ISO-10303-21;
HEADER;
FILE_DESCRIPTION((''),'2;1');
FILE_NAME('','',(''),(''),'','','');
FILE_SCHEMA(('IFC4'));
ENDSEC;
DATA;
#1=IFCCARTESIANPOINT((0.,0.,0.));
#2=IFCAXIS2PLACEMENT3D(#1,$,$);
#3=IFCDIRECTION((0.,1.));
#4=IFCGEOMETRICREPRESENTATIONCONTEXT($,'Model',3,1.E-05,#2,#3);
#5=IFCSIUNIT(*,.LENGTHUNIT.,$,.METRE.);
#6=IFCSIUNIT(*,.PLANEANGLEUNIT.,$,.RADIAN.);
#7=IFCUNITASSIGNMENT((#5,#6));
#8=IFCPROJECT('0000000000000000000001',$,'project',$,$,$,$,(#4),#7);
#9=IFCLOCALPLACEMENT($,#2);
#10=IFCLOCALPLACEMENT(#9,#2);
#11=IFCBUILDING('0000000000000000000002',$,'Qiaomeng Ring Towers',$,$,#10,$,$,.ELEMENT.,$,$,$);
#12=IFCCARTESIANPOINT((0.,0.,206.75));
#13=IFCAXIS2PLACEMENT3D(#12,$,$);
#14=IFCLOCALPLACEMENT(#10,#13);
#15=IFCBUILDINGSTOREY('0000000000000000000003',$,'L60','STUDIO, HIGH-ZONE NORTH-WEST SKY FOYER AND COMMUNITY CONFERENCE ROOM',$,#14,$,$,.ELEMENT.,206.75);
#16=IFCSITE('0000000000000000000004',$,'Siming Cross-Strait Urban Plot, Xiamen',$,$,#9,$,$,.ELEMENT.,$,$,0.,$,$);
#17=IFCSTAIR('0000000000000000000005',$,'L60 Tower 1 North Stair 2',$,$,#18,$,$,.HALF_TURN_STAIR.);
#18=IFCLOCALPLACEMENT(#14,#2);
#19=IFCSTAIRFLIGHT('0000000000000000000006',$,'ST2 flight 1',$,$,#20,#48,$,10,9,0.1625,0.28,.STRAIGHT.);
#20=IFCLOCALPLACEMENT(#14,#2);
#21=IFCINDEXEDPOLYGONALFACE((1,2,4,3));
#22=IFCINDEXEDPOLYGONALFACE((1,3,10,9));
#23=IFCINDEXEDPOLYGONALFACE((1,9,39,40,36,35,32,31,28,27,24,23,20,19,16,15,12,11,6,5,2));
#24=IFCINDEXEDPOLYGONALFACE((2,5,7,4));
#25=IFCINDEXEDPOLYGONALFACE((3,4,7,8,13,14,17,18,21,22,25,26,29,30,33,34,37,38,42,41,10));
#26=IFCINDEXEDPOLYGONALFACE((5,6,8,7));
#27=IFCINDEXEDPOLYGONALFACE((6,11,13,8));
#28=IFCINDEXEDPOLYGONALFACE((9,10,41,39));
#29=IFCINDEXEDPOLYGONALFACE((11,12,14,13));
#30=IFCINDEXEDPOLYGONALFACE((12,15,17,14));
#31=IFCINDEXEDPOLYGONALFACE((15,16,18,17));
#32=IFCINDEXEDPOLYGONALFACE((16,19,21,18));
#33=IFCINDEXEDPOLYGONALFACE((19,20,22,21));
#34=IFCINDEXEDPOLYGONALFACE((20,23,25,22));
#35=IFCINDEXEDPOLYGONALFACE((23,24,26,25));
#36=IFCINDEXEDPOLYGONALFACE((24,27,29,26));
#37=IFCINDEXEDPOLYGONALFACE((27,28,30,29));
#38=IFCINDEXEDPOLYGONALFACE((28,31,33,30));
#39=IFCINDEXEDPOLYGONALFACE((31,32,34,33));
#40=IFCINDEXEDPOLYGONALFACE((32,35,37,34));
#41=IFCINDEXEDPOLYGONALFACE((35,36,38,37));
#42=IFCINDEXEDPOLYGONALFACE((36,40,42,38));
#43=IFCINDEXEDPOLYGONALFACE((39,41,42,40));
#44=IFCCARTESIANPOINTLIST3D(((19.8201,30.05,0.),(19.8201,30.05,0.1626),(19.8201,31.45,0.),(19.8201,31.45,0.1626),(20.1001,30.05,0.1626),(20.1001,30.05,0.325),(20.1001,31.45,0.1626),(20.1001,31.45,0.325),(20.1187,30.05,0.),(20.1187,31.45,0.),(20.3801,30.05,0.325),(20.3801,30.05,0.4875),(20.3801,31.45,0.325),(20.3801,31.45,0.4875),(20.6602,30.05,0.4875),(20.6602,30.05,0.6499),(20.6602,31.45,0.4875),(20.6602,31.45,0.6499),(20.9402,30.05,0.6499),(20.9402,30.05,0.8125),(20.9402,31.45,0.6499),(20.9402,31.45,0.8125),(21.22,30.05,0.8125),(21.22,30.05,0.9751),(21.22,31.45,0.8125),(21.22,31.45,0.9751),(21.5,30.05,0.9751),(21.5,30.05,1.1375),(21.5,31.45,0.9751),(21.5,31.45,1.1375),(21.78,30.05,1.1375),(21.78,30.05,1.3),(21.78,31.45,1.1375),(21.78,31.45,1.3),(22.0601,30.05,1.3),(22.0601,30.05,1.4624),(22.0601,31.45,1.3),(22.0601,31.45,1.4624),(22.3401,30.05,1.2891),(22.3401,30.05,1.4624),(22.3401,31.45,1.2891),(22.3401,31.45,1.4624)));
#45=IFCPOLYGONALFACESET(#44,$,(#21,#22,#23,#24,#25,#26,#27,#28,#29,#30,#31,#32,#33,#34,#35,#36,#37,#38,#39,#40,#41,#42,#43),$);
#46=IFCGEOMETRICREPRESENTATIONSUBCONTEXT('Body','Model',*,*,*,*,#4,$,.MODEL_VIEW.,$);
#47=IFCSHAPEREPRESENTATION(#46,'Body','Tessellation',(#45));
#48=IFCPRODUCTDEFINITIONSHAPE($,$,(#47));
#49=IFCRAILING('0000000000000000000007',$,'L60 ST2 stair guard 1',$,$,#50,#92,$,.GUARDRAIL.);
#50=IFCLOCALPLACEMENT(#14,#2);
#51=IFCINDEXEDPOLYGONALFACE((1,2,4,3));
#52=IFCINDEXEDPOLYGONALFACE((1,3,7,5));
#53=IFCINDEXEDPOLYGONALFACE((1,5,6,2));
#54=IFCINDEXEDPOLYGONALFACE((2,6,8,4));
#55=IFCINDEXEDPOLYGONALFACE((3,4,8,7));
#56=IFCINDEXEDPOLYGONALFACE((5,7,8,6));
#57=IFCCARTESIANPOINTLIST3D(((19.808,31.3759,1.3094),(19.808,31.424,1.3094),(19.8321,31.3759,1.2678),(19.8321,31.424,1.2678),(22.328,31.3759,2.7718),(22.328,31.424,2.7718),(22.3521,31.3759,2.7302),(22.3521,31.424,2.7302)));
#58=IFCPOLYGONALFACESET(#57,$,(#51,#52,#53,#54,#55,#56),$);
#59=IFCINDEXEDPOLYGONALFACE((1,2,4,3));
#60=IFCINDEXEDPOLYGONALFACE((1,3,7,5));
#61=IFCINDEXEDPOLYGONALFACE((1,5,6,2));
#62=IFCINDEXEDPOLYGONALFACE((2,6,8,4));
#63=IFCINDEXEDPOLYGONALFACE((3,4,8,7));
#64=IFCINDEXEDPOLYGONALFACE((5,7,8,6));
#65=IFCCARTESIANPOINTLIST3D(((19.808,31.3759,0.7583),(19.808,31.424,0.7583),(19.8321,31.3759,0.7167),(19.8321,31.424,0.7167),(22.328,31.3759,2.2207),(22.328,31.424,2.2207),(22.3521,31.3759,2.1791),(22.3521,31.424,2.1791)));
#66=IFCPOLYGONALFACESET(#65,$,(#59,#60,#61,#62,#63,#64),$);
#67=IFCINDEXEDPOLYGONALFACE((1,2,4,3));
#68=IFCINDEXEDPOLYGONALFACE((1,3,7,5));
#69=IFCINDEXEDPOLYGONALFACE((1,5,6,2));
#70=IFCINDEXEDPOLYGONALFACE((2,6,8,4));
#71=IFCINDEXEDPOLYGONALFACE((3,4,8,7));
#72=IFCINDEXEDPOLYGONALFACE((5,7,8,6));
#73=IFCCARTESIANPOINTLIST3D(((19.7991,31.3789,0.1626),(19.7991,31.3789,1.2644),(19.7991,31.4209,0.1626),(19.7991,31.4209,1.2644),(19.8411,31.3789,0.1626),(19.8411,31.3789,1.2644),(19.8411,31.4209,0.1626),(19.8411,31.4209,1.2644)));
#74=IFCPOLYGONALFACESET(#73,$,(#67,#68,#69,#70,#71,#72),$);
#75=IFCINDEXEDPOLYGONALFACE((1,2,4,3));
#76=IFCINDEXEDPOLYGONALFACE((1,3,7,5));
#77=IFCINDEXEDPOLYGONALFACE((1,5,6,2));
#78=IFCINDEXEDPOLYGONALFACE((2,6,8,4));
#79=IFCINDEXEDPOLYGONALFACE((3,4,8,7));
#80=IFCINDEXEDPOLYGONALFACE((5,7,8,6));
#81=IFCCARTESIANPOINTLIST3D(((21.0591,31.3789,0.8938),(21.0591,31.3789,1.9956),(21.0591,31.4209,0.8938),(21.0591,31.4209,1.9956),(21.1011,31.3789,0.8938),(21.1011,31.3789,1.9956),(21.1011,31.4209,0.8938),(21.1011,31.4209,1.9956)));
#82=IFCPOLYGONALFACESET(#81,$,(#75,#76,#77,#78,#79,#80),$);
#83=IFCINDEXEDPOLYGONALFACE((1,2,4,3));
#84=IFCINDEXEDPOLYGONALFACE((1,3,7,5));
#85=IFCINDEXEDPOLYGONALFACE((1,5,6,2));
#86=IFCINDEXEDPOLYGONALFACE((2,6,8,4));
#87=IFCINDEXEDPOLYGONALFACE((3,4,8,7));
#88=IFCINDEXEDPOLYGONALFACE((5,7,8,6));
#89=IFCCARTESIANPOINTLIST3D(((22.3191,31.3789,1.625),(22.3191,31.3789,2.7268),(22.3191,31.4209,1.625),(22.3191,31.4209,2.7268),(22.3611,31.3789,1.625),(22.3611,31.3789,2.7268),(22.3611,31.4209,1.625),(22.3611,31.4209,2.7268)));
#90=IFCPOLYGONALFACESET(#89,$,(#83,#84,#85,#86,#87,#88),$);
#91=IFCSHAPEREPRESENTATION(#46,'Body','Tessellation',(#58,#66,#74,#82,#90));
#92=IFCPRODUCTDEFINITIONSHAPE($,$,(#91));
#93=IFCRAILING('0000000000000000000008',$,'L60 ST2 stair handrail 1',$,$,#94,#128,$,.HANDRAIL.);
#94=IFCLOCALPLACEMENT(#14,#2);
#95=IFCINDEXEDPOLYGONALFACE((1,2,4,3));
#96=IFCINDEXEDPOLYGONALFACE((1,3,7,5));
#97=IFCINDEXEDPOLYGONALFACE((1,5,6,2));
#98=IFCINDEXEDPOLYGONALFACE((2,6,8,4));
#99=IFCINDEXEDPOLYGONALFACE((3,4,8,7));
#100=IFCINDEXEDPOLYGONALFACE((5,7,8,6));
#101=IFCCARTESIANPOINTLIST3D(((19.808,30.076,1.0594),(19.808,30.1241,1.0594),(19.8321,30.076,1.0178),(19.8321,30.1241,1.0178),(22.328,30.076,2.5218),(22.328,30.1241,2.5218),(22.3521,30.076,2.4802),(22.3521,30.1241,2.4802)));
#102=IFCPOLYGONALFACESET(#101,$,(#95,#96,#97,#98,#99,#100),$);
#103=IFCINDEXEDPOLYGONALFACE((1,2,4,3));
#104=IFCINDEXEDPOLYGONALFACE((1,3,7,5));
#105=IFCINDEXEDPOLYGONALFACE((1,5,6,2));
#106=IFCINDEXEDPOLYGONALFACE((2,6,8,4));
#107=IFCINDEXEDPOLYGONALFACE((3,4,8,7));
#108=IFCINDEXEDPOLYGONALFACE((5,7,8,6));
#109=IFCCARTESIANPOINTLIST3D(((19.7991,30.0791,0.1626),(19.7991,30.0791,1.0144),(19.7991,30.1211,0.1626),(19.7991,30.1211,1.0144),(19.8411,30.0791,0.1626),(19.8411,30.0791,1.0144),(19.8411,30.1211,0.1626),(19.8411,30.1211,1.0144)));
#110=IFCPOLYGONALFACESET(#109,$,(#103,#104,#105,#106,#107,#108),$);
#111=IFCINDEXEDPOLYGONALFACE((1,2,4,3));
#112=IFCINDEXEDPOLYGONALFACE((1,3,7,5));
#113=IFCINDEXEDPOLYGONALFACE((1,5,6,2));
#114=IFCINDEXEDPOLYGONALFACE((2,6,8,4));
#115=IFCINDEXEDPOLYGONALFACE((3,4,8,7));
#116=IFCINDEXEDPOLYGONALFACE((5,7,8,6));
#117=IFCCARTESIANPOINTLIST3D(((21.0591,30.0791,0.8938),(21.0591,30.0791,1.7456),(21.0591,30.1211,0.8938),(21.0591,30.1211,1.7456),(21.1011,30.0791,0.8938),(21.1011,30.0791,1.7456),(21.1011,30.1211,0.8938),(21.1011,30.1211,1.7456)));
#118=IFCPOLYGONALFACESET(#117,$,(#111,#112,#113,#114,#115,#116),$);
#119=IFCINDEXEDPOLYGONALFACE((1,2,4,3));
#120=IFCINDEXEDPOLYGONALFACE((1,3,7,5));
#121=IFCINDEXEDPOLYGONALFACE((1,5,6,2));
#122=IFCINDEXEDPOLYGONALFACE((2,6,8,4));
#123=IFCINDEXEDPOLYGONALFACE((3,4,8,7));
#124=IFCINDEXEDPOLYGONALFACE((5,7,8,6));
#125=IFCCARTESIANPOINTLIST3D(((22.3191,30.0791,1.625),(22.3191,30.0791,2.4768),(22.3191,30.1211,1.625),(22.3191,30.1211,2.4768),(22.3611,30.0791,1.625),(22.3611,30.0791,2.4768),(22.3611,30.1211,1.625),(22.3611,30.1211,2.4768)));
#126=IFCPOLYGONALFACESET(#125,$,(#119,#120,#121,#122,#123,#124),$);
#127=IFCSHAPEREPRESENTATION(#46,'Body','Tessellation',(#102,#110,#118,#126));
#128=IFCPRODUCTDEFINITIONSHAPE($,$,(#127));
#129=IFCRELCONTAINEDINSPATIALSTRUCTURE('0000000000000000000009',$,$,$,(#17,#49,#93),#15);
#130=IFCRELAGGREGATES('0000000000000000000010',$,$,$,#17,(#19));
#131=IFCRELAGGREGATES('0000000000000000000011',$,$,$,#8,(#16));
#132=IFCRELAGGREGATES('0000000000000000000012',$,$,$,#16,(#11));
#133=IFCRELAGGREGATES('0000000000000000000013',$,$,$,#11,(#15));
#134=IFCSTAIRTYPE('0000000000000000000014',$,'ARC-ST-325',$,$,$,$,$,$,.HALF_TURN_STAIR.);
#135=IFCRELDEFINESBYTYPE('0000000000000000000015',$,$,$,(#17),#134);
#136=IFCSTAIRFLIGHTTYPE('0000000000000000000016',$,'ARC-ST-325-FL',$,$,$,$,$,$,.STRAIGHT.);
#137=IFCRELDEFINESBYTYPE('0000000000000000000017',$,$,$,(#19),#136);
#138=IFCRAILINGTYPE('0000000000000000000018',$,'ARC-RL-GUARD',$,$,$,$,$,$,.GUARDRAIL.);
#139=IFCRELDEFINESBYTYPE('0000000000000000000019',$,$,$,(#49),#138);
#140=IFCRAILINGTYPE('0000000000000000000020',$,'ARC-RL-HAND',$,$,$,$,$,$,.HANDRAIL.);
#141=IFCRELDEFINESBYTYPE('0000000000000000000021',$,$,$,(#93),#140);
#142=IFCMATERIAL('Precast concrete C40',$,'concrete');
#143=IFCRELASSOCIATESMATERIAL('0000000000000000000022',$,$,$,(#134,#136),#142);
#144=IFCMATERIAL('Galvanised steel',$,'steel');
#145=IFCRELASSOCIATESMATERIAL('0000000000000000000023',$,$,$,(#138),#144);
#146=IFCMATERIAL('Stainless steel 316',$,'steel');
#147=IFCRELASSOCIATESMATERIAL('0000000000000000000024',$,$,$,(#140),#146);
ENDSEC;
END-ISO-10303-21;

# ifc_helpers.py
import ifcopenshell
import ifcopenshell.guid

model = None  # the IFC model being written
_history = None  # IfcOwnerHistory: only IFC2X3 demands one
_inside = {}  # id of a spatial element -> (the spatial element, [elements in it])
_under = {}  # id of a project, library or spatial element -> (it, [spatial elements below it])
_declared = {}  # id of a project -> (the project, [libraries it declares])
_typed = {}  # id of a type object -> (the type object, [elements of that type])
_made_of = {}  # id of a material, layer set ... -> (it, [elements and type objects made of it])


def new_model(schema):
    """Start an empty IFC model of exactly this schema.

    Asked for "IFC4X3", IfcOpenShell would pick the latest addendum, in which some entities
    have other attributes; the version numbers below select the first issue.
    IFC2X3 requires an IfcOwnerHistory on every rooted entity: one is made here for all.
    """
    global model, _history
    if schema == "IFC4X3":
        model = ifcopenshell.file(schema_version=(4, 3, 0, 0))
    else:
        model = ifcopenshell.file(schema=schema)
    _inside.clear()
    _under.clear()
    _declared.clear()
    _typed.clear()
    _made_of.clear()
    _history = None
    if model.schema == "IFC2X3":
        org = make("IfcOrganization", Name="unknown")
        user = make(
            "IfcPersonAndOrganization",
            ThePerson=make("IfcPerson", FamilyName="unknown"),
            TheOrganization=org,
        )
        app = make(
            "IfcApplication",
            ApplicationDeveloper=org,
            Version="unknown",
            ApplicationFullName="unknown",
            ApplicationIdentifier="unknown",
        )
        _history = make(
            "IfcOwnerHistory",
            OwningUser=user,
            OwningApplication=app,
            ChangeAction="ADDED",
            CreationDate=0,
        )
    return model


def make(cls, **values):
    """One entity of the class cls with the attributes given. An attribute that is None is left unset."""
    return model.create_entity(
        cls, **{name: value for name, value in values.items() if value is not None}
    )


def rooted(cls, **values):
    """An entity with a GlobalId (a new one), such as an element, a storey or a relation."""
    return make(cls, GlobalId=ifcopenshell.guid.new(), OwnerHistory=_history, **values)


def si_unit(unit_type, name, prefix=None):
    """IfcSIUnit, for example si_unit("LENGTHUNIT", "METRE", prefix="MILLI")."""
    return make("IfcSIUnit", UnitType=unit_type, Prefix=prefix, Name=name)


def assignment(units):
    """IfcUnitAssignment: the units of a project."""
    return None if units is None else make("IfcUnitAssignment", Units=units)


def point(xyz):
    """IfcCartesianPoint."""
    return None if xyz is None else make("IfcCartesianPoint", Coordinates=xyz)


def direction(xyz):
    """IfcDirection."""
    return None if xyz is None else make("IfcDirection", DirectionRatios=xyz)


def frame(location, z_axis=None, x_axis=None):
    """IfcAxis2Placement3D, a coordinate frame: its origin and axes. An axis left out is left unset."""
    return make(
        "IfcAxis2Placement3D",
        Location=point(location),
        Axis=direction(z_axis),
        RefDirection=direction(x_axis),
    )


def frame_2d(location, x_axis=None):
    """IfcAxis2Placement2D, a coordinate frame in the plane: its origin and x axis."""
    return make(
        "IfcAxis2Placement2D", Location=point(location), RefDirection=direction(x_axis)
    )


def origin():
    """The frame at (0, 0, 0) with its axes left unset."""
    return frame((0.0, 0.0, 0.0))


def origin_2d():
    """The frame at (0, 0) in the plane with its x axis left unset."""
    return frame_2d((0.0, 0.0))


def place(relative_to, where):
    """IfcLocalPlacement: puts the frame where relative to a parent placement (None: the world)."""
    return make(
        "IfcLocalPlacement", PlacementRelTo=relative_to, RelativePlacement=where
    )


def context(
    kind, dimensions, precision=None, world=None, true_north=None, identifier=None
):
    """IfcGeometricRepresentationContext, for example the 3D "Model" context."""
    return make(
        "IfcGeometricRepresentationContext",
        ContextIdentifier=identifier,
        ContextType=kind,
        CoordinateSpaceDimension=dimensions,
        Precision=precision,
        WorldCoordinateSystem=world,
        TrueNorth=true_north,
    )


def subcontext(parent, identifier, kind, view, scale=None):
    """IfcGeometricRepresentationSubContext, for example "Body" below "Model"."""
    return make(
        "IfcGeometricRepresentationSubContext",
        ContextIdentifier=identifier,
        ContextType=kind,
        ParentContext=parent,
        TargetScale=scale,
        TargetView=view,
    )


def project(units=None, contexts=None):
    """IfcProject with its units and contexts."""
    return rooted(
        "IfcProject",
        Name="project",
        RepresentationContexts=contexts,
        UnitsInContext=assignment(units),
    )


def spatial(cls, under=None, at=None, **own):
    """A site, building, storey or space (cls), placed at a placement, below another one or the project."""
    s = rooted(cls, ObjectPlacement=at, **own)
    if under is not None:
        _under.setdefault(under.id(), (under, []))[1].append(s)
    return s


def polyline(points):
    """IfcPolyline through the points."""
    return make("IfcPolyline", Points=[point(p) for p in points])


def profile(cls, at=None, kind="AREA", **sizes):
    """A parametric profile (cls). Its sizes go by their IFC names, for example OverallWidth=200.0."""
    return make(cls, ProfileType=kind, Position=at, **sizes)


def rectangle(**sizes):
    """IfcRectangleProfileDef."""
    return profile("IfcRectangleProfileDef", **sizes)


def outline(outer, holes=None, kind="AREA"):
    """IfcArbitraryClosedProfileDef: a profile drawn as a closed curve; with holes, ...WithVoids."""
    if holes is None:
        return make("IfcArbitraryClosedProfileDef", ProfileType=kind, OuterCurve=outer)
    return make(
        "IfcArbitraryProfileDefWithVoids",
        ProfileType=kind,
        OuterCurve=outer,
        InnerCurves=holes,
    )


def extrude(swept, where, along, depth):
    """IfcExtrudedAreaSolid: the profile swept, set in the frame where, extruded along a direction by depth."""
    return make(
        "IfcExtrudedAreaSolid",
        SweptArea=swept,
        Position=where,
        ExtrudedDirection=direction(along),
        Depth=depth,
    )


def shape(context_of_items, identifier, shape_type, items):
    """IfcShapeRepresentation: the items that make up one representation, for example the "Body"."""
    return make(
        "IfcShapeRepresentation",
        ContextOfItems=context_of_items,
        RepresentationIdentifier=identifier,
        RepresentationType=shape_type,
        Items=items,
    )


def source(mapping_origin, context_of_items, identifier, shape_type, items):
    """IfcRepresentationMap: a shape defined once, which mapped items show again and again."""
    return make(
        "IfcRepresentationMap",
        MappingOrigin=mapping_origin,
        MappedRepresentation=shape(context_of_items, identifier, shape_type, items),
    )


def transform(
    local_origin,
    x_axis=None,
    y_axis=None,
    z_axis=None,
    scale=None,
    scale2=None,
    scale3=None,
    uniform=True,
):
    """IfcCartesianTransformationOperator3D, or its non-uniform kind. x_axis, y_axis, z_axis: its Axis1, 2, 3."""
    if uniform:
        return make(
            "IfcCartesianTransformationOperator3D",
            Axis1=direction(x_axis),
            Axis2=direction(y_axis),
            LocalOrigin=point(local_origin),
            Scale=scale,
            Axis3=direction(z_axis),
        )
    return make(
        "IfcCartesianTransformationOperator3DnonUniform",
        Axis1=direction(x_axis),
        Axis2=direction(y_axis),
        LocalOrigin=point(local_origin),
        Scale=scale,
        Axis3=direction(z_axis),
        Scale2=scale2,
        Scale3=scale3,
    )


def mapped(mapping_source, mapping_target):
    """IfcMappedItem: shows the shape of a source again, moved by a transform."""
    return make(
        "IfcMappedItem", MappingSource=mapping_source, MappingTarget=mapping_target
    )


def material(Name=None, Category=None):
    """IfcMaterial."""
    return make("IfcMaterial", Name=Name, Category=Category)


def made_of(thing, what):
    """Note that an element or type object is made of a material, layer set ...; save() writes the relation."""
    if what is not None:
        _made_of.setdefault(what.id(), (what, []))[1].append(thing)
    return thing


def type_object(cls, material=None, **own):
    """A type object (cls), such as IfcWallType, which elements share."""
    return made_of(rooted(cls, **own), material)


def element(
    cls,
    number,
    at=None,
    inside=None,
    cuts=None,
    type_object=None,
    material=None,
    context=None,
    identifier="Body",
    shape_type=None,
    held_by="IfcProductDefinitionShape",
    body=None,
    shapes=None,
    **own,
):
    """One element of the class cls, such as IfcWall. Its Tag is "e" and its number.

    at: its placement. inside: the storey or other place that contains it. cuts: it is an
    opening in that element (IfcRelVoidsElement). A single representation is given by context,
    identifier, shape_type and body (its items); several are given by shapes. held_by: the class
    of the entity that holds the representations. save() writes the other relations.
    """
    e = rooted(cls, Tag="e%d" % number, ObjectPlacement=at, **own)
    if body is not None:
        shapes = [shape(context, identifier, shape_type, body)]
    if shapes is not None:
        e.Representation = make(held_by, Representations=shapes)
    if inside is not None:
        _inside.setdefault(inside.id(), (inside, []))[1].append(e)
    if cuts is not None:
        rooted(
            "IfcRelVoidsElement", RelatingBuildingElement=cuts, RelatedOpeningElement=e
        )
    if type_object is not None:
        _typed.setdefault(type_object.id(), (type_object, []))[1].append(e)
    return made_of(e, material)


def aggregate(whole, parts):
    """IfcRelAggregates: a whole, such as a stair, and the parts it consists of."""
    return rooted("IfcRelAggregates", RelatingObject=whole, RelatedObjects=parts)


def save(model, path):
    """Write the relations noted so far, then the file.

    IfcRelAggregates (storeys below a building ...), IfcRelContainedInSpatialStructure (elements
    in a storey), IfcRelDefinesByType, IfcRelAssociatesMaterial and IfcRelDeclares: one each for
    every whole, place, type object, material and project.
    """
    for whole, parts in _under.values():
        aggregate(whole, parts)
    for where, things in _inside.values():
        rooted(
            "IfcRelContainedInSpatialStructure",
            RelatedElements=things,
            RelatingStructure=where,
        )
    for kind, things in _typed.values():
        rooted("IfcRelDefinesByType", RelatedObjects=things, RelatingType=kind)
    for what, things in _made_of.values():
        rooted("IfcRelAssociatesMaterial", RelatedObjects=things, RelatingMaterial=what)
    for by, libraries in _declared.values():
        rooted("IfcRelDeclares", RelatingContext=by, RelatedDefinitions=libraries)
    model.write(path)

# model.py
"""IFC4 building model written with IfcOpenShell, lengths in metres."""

from ifc_helpers import new_model, si_unit, direction, frame, origin, origin_2d, place, context, subcontext, project, spatial, polyline, rectangle, outline, extrude, source, transform, mapped, material, type_object, element, aggregate, save


model = new_model("IFC4")

# Units and contexts
model_context = context("Model", 3, precision=1e-05, world=origin(), true_north=direction((0.0, 1.0)))
body_context = subcontext(model_context, "Body", "Model", "MODEL_VIEW")
ifc_project = project(units=[si_unit("LENGTHUNIT", "METRE"), si_unit("PLANEANGLEUNIT", "RADIAN")], contexts=[model_context])

# Site, building, storey
site_placement = place(None, origin())
site = spatial("IfcSite", under=ifc_project, at=site_placement, Name="Siming Cross-Strait Urban Plot, Xiamen", CompositionType="ELEMENT", RefElevation=0.0)
building_placement = place(site_placement, origin())
building = spatial("IfcBuilding", under=site, at=building_placement, Name="Qiaomeng Ring Towers", CompositionType="ELEMENT")
storey_placement = place(building_placement, frame((0.0, 0.0, 206.75)))
storey = spatial("IfcBuildingStorey", under=building, at=storey_placement, Name="L60", Description="STUDIO, HIGH-ZONE NORTH-WEST SKY FOYER AND COMMUNITY CONFERENCE ROOM", CompositionType="ELEMENT", Elevation=206.75)

# Stair, stair flight
ifc_material_1 = material(Name="Precast concrete C40", Category="concrete")
stair_type = type_object("IfcStairType", Name="ARC-ST-325", PredefinedType="HALF_TURN_STAIR", material=ifc_material_1)
stair_placement = place(storey_placement, origin())
stair = element("IfcStair", 1, at=stair_placement, inside=storey, type_object=stair_type, Name="L60 Tower 1 North Stair 2", PredefinedType="HALF_TURN_STAIR")
stair_flight_type = type_object("IfcStairFlightType", Name="ARC-ST-325-FL", PredefinedType="STRAIGHT", material=ifc_material_1)
shared_shape_1 = source(origin(), body_context, "Body", "SweptSolid", [
    extrude(outline(polyline([(0.0, 0.0), (0.0, 0.1626), (0.28, 0.1626), (0.28, 0.325), (0.5601, 0.325), (0.5601, 0.4875), (0.8401, 0.4875), (0.8401, 0.6499), (1.1201, 0.6499), (1.1201, 0.8125), (1.3999, 0.8125), (1.3999, 0.9751), (1.6799, 0.9751), (1.6799, 1.1375), (1.96, 1.1375), (1.96, 1.3), (2.24, 1.3), (2.24, 1.4624), (2.52, 1.4624), (2.52, 1.625), (2.52, 1.2891), (0.2986, 0.0), (0.0, 0.0)])), frame((0.0, 0.7, 0.0), z_axis=(0.0, -1.0, 0.0), x_axis=(1.0, 0.0, 0.0)), (0.0, 0.0, 1.0), 1.3999),
])
stair_flight_placement = place(storey_placement, frame((19.8201, 30.75, 0.0), z_axis=(0.0, 0.0, 1.0), x_axis=(1.0, 0.0, 0.0)))
stair_flight = element("IfcStairFlight", 2, at=stair_flight_placement, type_object=stair_flight_type, Name="ST2 flight 1", NumberOfRisers=10, NumberOfTreads=9, PredefinedType="STRAIGHT", RiserHeight=0.1625, TreadLength=0.28, context=body_context, shape_type="MappedRepresentation", body=[
    mapped(shared_shape_1, transform((0.0, 0.0, 0.0), x_axis=(1.0, 0.0, 0.0), y_axis=(0.0, 1.0, 0.0), z_axis=(0.0, 0.0, 1.0), scale=1.0)),
])
aggregate(stair, [stair_flight])

# Railings
ifc_material_2 = material(Name="Galvanised steel", Category="steel")
railing_type_1 = type_object("IfcRailingType", Name="ARC-RL-GUARD", PredefinedType="GUARDRAIL", material=ifc_material_2)
railing_1_placement = place(storey_placement, frame((19.8201, 31.3999, 0.1626)))
element("IfcRailing", 3, at=railing_1_placement, inside=storey, type_object=railing_type_1, Name="L60 ST2 stair guard 1", PredefinedType="GUARDRAIL", context=body_context, shape_type="SweptSolid", body=[
    extrude(rectangle(XDim=0.0481, YDim=0.0481, at=origin_2d()), frame((0.0, 0.0, 1.126), z_axis=(0.864913, 0.0, 0.501921), x_axis=(0.0, 1.0, 0.0)), (0.0, 0.0, 1.0), 2.9136),
    extrude(rectangle(XDim=0.0481, YDim=0.0481, at=origin_2d()), frame((0.0, 0.0, 0.575), z_axis=(0.864913, 0.0, 0.501921), x_axis=(0.0, 1.0, 0.0)), (0.0, 0.0, 1.0), 2.9136),
    extrude(rectangle(XDim=0.042, YDim=0.042, at=origin_2d()), origin(), (0.0, 0.0, 1.0), 1.1018),
    extrude(rectangle(XDim=0.042, YDim=0.042, at=origin_2d()), frame((1.26, 0.0, 0.7312)), (0.0, 0.0, 1.0), 1.1018),
    extrude(rectangle(XDim=0.042, YDim=0.042, at=origin_2d()), frame((2.52, 0.0, 1.4624)), (0.0, 0.0, 1.0), 1.1018),
])
ifc_material_3 = material(Name="Stainless steel 316", Category="steel")
railing_type_2 = type_object("IfcRailingType", Name="ARC-RL-HAND", PredefinedType="HANDRAIL", material=ifc_material_3)
railing_2_placement = place(storey_placement, frame((19.8201, 30.1001, 0.1626)))
element("IfcRailing", 4, at=railing_2_placement, inside=storey, type_object=railing_type_2, Name="L60 ST2 stair handrail 1", PredefinedType="HANDRAIL", context=body_context, shape_type="SweptSolid", body=[
    extrude(rectangle(XDim=0.0481, YDim=0.0481, at=origin_2d()), frame((0.0, 0.0, 0.876), z_axis=(0.864913, 0.0, 0.501921), x_axis=(0.0, 1.0, 0.0)), (0.0, 0.0, 1.0), 2.9136),
    extrude(rectangle(XDim=0.042, YDim=0.042, at=origin_2d()), origin(), (0.0, 0.0, 1.0), 0.8518),
    extrude(rectangle(XDim=0.042, YDim=0.042, at=origin_2d()), frame((1.26, 0.0, 0.7312)), (0.0, 0.0, 1.0), 0.8518),
    extrude(rectangle(XDim=0.042, YDim=0.042, at=origin_2d()), frame((2.52, 0.0, 1.4624)), (0.0, 0.0, 1.0), 0.8518),
])

save(model, "model.ifc")
